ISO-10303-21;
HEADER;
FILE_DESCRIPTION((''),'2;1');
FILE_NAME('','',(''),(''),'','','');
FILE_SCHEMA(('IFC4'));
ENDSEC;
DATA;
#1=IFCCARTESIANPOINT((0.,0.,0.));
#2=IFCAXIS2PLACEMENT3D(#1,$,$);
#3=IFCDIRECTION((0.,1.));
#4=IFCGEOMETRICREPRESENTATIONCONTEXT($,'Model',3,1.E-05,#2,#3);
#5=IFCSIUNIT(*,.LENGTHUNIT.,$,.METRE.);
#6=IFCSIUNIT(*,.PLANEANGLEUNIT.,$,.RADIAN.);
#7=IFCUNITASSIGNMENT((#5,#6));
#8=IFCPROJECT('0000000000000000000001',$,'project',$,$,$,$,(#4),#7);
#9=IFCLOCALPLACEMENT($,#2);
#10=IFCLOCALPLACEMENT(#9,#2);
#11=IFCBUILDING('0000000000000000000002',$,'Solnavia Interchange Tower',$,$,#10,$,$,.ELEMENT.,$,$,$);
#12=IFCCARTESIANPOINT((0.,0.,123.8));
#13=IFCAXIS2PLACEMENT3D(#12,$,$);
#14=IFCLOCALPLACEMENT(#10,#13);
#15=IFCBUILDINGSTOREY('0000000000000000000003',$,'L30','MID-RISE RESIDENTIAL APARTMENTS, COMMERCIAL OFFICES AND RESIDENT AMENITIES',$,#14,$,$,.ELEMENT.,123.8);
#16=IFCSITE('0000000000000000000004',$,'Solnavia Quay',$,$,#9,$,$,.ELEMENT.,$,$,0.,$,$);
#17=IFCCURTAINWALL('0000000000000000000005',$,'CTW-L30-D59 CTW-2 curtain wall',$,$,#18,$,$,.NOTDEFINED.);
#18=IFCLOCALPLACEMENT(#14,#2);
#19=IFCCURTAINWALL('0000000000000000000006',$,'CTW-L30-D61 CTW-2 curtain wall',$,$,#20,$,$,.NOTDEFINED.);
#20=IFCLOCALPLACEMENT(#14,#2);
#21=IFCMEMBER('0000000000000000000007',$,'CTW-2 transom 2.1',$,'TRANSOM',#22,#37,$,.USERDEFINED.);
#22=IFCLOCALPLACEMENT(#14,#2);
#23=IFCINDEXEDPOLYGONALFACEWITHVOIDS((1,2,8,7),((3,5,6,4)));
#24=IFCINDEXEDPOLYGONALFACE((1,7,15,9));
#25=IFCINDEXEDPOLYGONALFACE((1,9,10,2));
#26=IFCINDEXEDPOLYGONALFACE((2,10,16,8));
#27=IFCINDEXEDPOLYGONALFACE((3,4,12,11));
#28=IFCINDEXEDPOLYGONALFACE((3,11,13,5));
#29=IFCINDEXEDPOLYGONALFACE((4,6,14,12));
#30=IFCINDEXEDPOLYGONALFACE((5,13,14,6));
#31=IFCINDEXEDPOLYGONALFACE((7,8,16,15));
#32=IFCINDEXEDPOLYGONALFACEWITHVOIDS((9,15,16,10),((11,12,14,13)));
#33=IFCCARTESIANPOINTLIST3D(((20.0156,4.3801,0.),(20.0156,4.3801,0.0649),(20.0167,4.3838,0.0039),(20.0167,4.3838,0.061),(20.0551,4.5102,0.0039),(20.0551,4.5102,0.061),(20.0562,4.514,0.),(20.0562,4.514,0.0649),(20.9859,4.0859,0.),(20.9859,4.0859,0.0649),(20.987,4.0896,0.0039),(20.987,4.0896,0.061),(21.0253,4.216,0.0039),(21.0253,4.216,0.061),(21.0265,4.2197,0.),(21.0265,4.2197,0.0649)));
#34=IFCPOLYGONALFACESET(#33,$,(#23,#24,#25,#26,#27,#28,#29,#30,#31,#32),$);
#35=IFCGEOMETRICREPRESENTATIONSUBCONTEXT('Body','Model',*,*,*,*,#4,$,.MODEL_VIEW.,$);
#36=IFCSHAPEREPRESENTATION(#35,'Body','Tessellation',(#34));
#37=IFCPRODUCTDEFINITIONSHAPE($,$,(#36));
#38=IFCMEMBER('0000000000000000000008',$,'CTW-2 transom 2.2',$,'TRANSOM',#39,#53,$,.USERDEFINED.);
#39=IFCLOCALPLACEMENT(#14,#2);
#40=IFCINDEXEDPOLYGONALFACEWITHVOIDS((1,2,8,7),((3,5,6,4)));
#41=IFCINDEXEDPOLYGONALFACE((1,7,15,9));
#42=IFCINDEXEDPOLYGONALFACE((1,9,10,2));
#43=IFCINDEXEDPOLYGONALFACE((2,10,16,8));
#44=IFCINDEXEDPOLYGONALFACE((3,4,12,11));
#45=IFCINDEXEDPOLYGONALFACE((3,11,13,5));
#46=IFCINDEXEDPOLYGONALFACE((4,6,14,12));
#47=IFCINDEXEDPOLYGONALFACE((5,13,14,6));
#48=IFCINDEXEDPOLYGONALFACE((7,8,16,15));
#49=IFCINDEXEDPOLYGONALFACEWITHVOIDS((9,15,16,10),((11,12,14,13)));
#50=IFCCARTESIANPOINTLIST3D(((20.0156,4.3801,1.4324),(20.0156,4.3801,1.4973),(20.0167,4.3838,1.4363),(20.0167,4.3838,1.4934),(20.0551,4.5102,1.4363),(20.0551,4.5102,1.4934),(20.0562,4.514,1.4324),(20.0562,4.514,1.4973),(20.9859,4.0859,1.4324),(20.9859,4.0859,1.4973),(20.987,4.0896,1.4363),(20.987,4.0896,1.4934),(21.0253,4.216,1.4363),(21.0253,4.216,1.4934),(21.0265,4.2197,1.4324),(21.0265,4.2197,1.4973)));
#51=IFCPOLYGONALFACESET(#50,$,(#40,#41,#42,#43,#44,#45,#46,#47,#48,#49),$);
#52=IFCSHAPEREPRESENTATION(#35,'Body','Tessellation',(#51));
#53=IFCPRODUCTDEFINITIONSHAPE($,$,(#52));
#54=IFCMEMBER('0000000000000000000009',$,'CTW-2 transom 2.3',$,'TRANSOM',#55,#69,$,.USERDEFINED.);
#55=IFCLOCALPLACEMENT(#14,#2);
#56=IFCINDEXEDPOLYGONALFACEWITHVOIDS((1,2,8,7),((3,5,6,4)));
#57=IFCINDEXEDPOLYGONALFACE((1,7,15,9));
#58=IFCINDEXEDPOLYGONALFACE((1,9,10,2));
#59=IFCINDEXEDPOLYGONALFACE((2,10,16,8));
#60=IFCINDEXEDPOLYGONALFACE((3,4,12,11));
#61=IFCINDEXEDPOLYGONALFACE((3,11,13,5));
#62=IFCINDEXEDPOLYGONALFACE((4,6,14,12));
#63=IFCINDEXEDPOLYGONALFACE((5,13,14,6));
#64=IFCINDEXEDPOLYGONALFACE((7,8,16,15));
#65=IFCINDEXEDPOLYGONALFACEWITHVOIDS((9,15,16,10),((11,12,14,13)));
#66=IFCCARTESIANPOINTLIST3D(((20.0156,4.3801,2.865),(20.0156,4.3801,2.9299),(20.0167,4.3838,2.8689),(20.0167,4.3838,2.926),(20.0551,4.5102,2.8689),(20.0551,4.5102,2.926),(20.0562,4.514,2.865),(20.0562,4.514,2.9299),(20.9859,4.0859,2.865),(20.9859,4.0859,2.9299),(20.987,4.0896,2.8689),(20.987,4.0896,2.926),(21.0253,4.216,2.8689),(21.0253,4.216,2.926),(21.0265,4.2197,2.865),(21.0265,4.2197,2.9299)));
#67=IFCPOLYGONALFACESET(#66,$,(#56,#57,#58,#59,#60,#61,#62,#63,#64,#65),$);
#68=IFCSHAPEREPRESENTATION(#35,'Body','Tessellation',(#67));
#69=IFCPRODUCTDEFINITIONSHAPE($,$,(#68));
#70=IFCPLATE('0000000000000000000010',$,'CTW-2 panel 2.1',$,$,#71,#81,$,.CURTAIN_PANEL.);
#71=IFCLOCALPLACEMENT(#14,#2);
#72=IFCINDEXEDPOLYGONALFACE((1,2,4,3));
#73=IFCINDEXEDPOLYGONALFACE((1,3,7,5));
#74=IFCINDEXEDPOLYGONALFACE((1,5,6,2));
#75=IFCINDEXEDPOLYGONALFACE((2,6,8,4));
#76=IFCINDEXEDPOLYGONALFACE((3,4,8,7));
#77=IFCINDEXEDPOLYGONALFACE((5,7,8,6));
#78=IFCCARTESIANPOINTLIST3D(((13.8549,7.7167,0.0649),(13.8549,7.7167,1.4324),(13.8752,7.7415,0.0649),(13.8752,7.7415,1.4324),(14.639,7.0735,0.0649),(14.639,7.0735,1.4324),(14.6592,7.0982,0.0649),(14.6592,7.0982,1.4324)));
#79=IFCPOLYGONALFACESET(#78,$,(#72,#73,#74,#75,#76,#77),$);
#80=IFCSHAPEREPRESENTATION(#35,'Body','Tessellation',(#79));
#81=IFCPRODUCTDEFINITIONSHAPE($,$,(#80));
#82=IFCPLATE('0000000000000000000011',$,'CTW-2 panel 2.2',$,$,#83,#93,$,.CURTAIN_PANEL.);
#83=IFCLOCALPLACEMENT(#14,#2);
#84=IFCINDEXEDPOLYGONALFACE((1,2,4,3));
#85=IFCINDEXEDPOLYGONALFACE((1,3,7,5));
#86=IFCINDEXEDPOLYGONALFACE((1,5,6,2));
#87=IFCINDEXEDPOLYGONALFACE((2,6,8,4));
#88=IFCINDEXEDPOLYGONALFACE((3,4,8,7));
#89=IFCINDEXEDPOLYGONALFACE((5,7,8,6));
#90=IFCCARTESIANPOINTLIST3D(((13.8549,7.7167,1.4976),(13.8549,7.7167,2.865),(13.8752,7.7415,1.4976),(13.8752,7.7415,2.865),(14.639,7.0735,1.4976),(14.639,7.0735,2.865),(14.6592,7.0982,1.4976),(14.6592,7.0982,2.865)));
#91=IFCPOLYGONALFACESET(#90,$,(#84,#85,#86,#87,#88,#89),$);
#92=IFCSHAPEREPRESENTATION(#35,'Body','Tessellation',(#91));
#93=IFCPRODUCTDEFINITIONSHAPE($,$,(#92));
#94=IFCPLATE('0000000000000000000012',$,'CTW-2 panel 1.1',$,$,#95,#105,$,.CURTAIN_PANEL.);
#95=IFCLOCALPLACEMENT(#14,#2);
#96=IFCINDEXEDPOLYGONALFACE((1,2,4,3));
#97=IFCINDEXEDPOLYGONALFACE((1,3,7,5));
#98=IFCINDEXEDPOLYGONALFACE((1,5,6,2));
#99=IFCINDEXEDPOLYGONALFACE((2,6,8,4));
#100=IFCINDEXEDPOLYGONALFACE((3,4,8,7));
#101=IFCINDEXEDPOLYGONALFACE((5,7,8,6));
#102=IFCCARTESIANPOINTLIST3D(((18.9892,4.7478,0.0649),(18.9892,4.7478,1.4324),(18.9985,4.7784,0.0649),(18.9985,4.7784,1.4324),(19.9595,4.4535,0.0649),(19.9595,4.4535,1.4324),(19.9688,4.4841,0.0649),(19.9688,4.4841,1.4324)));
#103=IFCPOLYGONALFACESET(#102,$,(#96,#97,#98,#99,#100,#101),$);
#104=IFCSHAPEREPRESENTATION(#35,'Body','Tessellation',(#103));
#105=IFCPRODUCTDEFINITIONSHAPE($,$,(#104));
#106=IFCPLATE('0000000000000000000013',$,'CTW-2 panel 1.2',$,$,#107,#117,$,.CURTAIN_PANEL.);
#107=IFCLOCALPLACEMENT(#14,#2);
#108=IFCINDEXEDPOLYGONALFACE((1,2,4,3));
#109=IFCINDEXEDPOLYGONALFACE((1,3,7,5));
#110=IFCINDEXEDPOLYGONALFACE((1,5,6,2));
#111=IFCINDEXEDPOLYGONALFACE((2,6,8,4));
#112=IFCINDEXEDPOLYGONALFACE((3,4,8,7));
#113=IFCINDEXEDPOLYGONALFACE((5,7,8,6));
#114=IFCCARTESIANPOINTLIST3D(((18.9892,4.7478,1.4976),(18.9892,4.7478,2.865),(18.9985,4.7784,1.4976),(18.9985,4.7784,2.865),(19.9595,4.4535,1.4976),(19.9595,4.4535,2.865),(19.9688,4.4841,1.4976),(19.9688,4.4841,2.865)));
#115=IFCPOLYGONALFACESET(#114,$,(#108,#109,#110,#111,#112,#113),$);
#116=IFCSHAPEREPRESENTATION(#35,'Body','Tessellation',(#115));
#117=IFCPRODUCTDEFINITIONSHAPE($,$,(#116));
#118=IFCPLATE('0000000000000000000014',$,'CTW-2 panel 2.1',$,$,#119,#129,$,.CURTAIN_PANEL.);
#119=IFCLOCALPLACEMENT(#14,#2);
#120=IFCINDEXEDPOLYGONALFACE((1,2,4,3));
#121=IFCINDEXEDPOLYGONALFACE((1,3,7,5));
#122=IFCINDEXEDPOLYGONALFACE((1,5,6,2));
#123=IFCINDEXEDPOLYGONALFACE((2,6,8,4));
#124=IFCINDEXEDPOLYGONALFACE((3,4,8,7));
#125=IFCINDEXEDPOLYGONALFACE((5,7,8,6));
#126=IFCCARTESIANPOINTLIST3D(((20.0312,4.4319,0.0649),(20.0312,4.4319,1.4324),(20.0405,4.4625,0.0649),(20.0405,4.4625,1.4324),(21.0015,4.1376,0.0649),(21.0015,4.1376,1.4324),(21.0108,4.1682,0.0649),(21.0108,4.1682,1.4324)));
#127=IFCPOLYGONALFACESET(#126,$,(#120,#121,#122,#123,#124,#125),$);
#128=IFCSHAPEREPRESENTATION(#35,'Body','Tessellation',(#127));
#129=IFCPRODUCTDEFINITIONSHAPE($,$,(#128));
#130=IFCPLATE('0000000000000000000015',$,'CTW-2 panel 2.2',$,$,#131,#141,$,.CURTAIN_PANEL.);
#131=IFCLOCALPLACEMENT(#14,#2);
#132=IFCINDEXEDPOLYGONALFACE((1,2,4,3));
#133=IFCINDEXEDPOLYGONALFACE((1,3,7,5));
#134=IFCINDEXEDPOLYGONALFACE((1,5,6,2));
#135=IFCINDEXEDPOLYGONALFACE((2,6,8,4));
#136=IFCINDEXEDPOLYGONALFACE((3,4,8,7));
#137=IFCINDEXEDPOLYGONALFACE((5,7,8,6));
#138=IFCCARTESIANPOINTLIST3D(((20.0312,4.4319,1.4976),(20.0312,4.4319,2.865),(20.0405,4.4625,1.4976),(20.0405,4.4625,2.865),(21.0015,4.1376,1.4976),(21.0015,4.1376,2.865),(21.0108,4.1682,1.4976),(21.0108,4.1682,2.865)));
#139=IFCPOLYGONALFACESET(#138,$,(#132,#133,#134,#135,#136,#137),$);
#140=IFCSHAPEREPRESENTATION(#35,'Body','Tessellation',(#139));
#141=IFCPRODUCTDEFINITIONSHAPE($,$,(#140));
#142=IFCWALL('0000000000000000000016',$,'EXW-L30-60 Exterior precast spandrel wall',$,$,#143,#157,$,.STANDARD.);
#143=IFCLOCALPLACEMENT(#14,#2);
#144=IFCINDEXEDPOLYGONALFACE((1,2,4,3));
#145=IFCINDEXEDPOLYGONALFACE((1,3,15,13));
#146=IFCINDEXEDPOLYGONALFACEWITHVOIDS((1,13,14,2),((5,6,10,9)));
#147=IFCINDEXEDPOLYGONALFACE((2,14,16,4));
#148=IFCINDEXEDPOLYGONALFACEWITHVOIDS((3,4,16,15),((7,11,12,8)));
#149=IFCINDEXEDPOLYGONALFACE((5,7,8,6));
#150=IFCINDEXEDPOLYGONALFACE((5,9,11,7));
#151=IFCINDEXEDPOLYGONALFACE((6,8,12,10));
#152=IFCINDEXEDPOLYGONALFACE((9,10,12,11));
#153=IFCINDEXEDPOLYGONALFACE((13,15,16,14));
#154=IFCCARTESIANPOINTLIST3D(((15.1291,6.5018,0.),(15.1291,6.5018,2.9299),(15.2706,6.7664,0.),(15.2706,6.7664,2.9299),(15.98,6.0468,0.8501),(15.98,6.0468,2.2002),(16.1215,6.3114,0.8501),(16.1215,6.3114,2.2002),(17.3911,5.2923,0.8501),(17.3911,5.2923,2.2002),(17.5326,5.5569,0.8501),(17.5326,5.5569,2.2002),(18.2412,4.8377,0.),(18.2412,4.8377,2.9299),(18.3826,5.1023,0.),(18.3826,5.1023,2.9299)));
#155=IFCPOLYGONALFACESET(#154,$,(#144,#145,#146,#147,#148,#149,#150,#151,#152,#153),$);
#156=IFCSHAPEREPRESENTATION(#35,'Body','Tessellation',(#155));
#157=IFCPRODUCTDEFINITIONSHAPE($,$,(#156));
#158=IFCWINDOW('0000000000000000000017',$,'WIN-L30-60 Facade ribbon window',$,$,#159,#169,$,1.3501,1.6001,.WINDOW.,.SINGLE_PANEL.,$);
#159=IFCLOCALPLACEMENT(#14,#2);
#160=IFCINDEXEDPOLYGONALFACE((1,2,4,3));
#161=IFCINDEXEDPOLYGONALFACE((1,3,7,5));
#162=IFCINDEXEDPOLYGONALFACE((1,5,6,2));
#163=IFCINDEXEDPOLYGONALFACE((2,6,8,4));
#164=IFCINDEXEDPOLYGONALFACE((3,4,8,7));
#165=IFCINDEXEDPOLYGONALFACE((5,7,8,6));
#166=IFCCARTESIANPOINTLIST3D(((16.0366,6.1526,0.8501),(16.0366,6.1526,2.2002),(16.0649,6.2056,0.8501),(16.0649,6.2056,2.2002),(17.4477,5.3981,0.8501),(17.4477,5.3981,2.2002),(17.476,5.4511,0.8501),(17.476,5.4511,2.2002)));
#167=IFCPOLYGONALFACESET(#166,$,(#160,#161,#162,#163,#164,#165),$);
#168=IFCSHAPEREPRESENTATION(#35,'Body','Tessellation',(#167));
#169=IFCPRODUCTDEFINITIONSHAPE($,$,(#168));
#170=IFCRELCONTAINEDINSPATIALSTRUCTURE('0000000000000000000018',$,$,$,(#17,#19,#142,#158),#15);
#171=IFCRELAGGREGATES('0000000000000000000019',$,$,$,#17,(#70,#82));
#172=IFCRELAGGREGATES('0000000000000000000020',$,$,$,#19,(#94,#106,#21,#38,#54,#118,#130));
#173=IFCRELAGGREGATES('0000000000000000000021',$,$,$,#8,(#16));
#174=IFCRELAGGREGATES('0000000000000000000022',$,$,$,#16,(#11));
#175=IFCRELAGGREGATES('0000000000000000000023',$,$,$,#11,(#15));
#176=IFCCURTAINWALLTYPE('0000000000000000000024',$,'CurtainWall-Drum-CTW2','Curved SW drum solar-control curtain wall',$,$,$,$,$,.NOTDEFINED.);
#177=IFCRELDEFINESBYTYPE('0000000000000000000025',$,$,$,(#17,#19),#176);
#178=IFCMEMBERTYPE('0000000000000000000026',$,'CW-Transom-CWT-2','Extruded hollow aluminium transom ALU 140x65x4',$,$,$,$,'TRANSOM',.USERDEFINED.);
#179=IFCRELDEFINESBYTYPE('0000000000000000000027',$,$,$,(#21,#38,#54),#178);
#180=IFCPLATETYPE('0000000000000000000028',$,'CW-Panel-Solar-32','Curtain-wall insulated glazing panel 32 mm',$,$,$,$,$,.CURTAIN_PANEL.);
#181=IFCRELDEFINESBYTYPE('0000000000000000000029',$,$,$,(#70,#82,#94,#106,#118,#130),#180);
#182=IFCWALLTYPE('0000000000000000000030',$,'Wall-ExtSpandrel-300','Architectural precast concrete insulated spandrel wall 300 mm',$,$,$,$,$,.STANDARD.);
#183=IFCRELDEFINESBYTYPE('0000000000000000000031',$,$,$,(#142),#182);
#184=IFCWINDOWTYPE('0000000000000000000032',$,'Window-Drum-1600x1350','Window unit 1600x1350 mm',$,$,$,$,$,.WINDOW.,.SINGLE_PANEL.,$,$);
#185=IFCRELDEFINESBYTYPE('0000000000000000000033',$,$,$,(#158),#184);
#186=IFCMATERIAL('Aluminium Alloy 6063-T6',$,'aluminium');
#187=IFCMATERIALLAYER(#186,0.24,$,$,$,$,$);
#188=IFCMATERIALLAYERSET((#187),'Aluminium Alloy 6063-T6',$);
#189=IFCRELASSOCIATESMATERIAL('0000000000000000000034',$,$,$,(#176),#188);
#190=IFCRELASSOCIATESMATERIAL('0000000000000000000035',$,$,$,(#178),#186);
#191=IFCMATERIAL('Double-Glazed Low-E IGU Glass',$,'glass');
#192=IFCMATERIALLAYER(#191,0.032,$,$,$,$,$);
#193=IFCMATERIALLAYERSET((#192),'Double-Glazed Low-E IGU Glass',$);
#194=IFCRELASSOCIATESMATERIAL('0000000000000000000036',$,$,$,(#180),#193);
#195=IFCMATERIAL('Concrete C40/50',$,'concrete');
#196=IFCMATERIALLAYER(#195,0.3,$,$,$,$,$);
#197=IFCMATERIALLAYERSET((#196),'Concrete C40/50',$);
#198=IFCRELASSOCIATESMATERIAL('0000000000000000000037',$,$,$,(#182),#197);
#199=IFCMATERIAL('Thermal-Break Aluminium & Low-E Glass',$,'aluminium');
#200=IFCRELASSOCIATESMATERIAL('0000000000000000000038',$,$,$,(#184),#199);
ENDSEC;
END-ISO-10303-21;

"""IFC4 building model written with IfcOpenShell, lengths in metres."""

from ifc_helpers import new_model, si_unit, direction, frame, frame_2d, origin, origin_2d, place, context, subcontext, project, spatial, rectangle, hollow_rectangle, extrude, material, layer, layer_set, material_profile, profile_set, type_object, element, fill, aggregate, save


model = new_model("IFC4")

# Units and contexts
model_context = context("Model", 3, precision=1e-05, world=origin(), true_north=direction((0.0, 1.0)))
body_context = subcontext(model_context, "Body", "Model", "MODEL_VIEW")
ifc_project = project(units=[si_unit("LENGTHUNIT", "METRE"), si_unit("PLANEANGLEUNIT", "RADIAN")], contexts=[model_context])

# Site, building, storey
site_placement = place(None, origin())
site = spatial("IfcSite", under=ifc_project, at=site_placement, Name="Solnavia Quay", CompositionType="ELEMENT", RefElevation=0.0)
building_placement = place(site_placement, origin())
building = spatial("IfcBuilding", under=site, at=building_placement, Name="Solnavia Interchange Tower", CompositionType="ELEMENT")
storey_placement = place(building_placement, frame((0.0, 0.0, 123.8)))
storey = spatial("IfcBuildingStorey", under=building, at=storey_placement, Name="L30", Description="MID-RISE RESIDENTIAL APARTMENTS, COMMERCIAL OFFICES AND RESIDENT AMENITIES", CompositionType="ELEMENT", Elevation=123.8)

# Curtain wall
ifc_material_1 = material(Name="Aluminium Alloy 6063-T6", Category="aluminium")
ifc_layer_1 = layer(ifc_material_1, 0.24)
ifc_layer_set_1 = layer_set([ifc_layer_1], Name="Aluminium Alloy 6063-T6")
curtain_wall_type = type_object("IfcCurtainWallType", Name="CurtainWall-Drum-CTW2", Description="Curved SW drum solar-control curtain wall", PredefinedType="NOTDEFINED", material=ifc_layer_set_1)
curtain_wall_1_placement = place(storey_placement, origin())
curtain_wall_1 = element("IfcCurtainWall", 1, at=curtain_wall_1_placement, inside=storey, type_object=curtain_wall_type, Name="CTW-L30-D59 CTW-2 curtain wall", PredefinedType="NOTDEFINED")

# Curtain wall
curtain_wall_2_placement = place(storey_placement, origin())
curtain_wall_2 = element("IfcCurtainWall", 2, at=curtain_wall_2_placement, inside=storey, type_object=curtain_wall_type, Name="CTW-L30-D61 CTW-2 curtain wall", PredefinedType="NOTDEFINED")

# Members
ifc_material_profile_1 = material_profile(ifc_material_1, hollow_rectangle(XDim=0.0649, YDim=0.1399, WallThickness=0.0039, at=origin_2d()), Name="ALU 140x65x4")
ifc_profile_set_1 = profile_set([ifc_material_profile_1], Name="Aluminium Alloy 6063-T6")
member_type_1 = type_object("IfcMemberType", Name="CW-Transom-CWT-2", Description="Extruded hollow aluminium transom ALU 140x65x4", ElementType="TRANSOM", PredefinedType="USERDEFINED", material=ifc_profile_set_1)
member_1_placement = place(storey_placement, frame((20.0359, 4.447, 0.0325), z_axis=(0.956974, -0.290174, 0.0), x_axis=(0.0, 0.0, 1.0)))
member_1 = element("IfcMember", 3, at=member_1_placement, type_object=member_type_1, Name="CTW-2 transom 2.1", ObjectType="TRANSOM", PredefinedType="USERDEFINED", context=body_context, shape_type="SweptSolid", body=[
    extrude(hollow_rectangle(XDim=0.0649, YDim=0.1399, WallThickness=0.0039, at=origin_2d()), origin(), (0.0, 0.0, 1.0), 1.0139),
])
member_2_placement = place(storey_placement, frame((20.0359, 4.447, 1.4648), z_axis=(0.956974, -0.290174, 0.0), x_axis=(0.0, 0.0, 1.0)))
member_2 = element("IfcMember", 4, at=member_2_placement, type_object=member_type_1, Name="CTW-2 transom 2.2", ObjectType="TRANSOM", PredefinedType="USERDEFINED", context=body_context, shape_type="SweptSolid", body=[
    extrude(hollow_rectangle(XDim=0.0649, YDim=0.1399, WallThickness=0.0039, at=origin_2d()), origin(), (0.0, 0.0, 1.0), 1.0139),
])
member_3_placement = place(storey_placement, frame((20.0359, 4.447, 2.8975), z_axis=(0.956974, -0.290174, 0.0), x_axis=(0.0, 0.0, 1.0)))
member_3 = element("IfcMember", 5, at=member_3_placement, type_object=member_type_1, Name="CTW-2 transom 2.3", ObjectType="TRANSOM", PredefinedType="USERDEFINED", context=body_context, shape_type="SweptSolid", body=[
    extrude(hollow_rectangle(XDim=0.0649, YDim=0.1399, WallThickness=0.0039, at=origin_2d()), origin(), (0.0, 0.0, 1.0), 1.0139),
])

# Plates
ifc_material_2 = material(Name="Double-Glazed Low-E IGU Glass", Category="glass")
ifc_layer_2 = layer(ifc_material_2, 0.032)
ifc_layer_set_2 = layer_set([ifc_layer_2], Name="Double-Glazed Low-E IGU Glass")
plate_type = type_object("IfcPlateType", Name="CW-Panel-Solar-32", Description="Curtain-wall insulated glazing panel 32 mm", PredefinedType="CURTAIN_PANEL", material=ifc_layer_set_2)
plate_1_placement = place(storey_placement, frame((14.2571, 7.4075, 0.0649), z_axis=(0.0, 0.0, 1.0), x_axis=(0.773095, -0.634291, 0.0)))
plate_1 = element("IfcPlate", 6, at=plate_1_placement, type_object=plate_type, Name="CTW-2 panel 2.1", PredefinedType="CURTAIN_PANEL", context=body_context, shape_type="SweptSolid", body=[
    extrude(rectangle(XDim=1.0142, YDim=0.032, at=origin_2d()), origin(), (0.0, 0.0, 1.0), 1.3674),
])
plate_2_placement = place(storey_placement, frame((14.2571, 7.4075, 1.4976), z_axis=(0.0, 0.0, 1.0), x_axis=(0.773095, -0.634291, 0.0)))
plate_2 = element("IfcPlate", 7, at=plate_2_placement, type_object=plate_type, Name="CTW-2 panel 2.2", PredefinedType="CURTAIN_PANEL", context=body_context, shape_type="SweptSolid", body=[
    extrude(rectangle(XDim=1.0142, YDim=0.032, at=origin_2d()), origin(), (0.0, 0.0, 1.0), 1.3674),
])
aggregate(curtain_wall_1, [plate_1, plate_2])
plate_3_placement = place(storey_placement, frame((19.479, 4.616, 0.0649), z_axis=(0.0, 0.0, 1.0), x_axis=(0.956935, -0.290303, 0.0)))
plate_3 = element("IfcPlate", 8, at=plate_3_placement, type_object=plate_type, Name="CTW-2 panel 1.1", PredefinedType="CURTAIN_PANEL", context=body_context, shape_type="SweptSolid", body=[
    extrude(rectangle(XDim=1.0139, YDim=0.032, at=origin_2d()), origin(), (0.0, 0.0, 1.0), 1.3674),
])
plate_4_placement = place(storey_placement, frame((19.479, 4.616, 1.4976), z_axis=(0.0, 0.0, 1.0), x_axis=(0.956935, -0.290303, 0.0)))
plate_4 = element("IfcPlate", 9, at=plate_4_placement, type_object=plate_type, Name="CTW-2 panel 1.2", PredefinedType="CURTAIN_PANEL", context=body_context, shape_type="SweptSolid", body=[
    extrude(rectangle(XDim=1.0139, YDim=0.032, at=origin_2d()), origin(), (0.0, 0.0, 1.0), 1.3674),
])
plate_5_placement = place(storey_placement, frame((20.521, 4.3, 0.0649), z_axis=(0.0, 0.0, 1.0), x_axis=(0.956935, -0.290303, 0.0)))
plate_5 = element("IfcPlate", 10, at=plate_5_placement, type_object=plate_type, Name="CTW-2 panel 2.1", PredefinedType="CURTAIN_PANEL", context=body_context, shape_type="SweptSolid", body=[
    extrude(rectangle(XDim=1.0139, YDim=0.032, at=origin_2d()), origin(), (0.0, 0.0, 1.0), 1.3674),
])
plate_6_placement = place(storey_placement, frame((20.521, 4.3, 1.4976), z_axis=(0.0, 0.0, 1.0), x_axis=(0.956935, -0.290303, 0.0)))
plate_6 = element("IfcPlate", 11, at=plate_6_placement, type_object=plate_type, Name="CTW-2 panel 2.2", PredefinedType="CURTAIN_PANEL", context=body_context, shape_type="SweptSolid", body=[
    extrude(rectangle(XDim=1.0139, YDim=0.032, at=origin_2d()), origin(), (0.0, 0.0, 1.0), 1.3674),
])
aggregate(curtain_wall_2, [plate_3, plate_4, member_1, member_2, member_3, plate_5, plate_6])

# Wall, opening, window
ifc_material_3 = material(Name="Concrete C40/50", Category="concrete")
ifc_layer_3 = layer(ifc_material_3, 0.3)
ifc_layer_set_3 = layer_set([ifc_layer_3], Name="Concrete C40/50")
wall_type = type_object("IfcWallType", Name="Wall-ExtSpandrel-300", Description="Architectural precast concrete insulated spandrel wall 300 mm", PredefinedType="STANDARD", material=ifc_layer_set_3)
wall_placement = place(storey_placement, frame((18.312, 4.97, 0.0), z_axis=(0.0, 0.0, 1.0), x_axis=(-0.881847, 0.471536, 0.0)))
wall = element("IfcWall", 12, at=wall_placement, inside=storey, type_object=wall_type, Name="EXW-L30-60 Exterior precast spandrel wall", PredefinedType="STANDARD", context=body_context, shape_type="SweptSolid", body=[
    extrude(rectangle(XDim=3.5291, YDim=0.3, at=frame_2d((1.7646, 0.0))), origin(), (0.0, 0.0, 1.0), 2.9299),
])
opening_placement = place(wall_placement, frame((0.9641, 0.0, 0.8501)))
opening = element("IfcOpeningElement", 13, at=opening_placement, cuts=wall, PredefinedType="OPENING", context=body_context, shape_type="SweptSolid", body=[
    extrude(rectangle(XDim=1.6001, YDim=1.3501, at=frame_2d((0.8, 0.675))), frame((0.0, 0.1602, 0.0), z_axis=(0.0, -1.0, 0.0), x_axis=(1.0, 0.0, 0.0)), (0.0, 0.0, 1.0), 0.3201),
])
ifc_material_4 = material(Name="Thermal-Break Aluminium & Low-E Glass", Category="aluminium")
window_type = type_object("IfcWindowType", Name="Window-Drum-1600x1350", Description="Window unit 1600x1350 mm", PartitioningType="SINGLE_PANEL", PredefinedType="WINDOW", material=ifc_material_4)
window_placement = place(opening_placement, origin())
window = element("IfcWindow", 14, at=window_placement, inside=storey, type_object=window_type, Name="WIN-L30-60 Facade ribbon window", OverallHeight=1.3501, OverallWidth=1.6001, PartitioningType="SINGLE_PANEL", PredefinedType="WINDOW", context=body_context, shape_type="SweptSolid", body=[
    extrude(rectangle(XDim=1.6001, YDim=1.3501, at=frame_2d((0.8, 0.675))), frame((0.0, 0.03, 0.0), z_axis=(0.0, -1.0, 0.0), x_axis=(1.0, 0.0, 0.0)), (0.0, 0.0, 1.0), 0.0601),
])
fill(opening, window)

save(model, "model.ifc")
